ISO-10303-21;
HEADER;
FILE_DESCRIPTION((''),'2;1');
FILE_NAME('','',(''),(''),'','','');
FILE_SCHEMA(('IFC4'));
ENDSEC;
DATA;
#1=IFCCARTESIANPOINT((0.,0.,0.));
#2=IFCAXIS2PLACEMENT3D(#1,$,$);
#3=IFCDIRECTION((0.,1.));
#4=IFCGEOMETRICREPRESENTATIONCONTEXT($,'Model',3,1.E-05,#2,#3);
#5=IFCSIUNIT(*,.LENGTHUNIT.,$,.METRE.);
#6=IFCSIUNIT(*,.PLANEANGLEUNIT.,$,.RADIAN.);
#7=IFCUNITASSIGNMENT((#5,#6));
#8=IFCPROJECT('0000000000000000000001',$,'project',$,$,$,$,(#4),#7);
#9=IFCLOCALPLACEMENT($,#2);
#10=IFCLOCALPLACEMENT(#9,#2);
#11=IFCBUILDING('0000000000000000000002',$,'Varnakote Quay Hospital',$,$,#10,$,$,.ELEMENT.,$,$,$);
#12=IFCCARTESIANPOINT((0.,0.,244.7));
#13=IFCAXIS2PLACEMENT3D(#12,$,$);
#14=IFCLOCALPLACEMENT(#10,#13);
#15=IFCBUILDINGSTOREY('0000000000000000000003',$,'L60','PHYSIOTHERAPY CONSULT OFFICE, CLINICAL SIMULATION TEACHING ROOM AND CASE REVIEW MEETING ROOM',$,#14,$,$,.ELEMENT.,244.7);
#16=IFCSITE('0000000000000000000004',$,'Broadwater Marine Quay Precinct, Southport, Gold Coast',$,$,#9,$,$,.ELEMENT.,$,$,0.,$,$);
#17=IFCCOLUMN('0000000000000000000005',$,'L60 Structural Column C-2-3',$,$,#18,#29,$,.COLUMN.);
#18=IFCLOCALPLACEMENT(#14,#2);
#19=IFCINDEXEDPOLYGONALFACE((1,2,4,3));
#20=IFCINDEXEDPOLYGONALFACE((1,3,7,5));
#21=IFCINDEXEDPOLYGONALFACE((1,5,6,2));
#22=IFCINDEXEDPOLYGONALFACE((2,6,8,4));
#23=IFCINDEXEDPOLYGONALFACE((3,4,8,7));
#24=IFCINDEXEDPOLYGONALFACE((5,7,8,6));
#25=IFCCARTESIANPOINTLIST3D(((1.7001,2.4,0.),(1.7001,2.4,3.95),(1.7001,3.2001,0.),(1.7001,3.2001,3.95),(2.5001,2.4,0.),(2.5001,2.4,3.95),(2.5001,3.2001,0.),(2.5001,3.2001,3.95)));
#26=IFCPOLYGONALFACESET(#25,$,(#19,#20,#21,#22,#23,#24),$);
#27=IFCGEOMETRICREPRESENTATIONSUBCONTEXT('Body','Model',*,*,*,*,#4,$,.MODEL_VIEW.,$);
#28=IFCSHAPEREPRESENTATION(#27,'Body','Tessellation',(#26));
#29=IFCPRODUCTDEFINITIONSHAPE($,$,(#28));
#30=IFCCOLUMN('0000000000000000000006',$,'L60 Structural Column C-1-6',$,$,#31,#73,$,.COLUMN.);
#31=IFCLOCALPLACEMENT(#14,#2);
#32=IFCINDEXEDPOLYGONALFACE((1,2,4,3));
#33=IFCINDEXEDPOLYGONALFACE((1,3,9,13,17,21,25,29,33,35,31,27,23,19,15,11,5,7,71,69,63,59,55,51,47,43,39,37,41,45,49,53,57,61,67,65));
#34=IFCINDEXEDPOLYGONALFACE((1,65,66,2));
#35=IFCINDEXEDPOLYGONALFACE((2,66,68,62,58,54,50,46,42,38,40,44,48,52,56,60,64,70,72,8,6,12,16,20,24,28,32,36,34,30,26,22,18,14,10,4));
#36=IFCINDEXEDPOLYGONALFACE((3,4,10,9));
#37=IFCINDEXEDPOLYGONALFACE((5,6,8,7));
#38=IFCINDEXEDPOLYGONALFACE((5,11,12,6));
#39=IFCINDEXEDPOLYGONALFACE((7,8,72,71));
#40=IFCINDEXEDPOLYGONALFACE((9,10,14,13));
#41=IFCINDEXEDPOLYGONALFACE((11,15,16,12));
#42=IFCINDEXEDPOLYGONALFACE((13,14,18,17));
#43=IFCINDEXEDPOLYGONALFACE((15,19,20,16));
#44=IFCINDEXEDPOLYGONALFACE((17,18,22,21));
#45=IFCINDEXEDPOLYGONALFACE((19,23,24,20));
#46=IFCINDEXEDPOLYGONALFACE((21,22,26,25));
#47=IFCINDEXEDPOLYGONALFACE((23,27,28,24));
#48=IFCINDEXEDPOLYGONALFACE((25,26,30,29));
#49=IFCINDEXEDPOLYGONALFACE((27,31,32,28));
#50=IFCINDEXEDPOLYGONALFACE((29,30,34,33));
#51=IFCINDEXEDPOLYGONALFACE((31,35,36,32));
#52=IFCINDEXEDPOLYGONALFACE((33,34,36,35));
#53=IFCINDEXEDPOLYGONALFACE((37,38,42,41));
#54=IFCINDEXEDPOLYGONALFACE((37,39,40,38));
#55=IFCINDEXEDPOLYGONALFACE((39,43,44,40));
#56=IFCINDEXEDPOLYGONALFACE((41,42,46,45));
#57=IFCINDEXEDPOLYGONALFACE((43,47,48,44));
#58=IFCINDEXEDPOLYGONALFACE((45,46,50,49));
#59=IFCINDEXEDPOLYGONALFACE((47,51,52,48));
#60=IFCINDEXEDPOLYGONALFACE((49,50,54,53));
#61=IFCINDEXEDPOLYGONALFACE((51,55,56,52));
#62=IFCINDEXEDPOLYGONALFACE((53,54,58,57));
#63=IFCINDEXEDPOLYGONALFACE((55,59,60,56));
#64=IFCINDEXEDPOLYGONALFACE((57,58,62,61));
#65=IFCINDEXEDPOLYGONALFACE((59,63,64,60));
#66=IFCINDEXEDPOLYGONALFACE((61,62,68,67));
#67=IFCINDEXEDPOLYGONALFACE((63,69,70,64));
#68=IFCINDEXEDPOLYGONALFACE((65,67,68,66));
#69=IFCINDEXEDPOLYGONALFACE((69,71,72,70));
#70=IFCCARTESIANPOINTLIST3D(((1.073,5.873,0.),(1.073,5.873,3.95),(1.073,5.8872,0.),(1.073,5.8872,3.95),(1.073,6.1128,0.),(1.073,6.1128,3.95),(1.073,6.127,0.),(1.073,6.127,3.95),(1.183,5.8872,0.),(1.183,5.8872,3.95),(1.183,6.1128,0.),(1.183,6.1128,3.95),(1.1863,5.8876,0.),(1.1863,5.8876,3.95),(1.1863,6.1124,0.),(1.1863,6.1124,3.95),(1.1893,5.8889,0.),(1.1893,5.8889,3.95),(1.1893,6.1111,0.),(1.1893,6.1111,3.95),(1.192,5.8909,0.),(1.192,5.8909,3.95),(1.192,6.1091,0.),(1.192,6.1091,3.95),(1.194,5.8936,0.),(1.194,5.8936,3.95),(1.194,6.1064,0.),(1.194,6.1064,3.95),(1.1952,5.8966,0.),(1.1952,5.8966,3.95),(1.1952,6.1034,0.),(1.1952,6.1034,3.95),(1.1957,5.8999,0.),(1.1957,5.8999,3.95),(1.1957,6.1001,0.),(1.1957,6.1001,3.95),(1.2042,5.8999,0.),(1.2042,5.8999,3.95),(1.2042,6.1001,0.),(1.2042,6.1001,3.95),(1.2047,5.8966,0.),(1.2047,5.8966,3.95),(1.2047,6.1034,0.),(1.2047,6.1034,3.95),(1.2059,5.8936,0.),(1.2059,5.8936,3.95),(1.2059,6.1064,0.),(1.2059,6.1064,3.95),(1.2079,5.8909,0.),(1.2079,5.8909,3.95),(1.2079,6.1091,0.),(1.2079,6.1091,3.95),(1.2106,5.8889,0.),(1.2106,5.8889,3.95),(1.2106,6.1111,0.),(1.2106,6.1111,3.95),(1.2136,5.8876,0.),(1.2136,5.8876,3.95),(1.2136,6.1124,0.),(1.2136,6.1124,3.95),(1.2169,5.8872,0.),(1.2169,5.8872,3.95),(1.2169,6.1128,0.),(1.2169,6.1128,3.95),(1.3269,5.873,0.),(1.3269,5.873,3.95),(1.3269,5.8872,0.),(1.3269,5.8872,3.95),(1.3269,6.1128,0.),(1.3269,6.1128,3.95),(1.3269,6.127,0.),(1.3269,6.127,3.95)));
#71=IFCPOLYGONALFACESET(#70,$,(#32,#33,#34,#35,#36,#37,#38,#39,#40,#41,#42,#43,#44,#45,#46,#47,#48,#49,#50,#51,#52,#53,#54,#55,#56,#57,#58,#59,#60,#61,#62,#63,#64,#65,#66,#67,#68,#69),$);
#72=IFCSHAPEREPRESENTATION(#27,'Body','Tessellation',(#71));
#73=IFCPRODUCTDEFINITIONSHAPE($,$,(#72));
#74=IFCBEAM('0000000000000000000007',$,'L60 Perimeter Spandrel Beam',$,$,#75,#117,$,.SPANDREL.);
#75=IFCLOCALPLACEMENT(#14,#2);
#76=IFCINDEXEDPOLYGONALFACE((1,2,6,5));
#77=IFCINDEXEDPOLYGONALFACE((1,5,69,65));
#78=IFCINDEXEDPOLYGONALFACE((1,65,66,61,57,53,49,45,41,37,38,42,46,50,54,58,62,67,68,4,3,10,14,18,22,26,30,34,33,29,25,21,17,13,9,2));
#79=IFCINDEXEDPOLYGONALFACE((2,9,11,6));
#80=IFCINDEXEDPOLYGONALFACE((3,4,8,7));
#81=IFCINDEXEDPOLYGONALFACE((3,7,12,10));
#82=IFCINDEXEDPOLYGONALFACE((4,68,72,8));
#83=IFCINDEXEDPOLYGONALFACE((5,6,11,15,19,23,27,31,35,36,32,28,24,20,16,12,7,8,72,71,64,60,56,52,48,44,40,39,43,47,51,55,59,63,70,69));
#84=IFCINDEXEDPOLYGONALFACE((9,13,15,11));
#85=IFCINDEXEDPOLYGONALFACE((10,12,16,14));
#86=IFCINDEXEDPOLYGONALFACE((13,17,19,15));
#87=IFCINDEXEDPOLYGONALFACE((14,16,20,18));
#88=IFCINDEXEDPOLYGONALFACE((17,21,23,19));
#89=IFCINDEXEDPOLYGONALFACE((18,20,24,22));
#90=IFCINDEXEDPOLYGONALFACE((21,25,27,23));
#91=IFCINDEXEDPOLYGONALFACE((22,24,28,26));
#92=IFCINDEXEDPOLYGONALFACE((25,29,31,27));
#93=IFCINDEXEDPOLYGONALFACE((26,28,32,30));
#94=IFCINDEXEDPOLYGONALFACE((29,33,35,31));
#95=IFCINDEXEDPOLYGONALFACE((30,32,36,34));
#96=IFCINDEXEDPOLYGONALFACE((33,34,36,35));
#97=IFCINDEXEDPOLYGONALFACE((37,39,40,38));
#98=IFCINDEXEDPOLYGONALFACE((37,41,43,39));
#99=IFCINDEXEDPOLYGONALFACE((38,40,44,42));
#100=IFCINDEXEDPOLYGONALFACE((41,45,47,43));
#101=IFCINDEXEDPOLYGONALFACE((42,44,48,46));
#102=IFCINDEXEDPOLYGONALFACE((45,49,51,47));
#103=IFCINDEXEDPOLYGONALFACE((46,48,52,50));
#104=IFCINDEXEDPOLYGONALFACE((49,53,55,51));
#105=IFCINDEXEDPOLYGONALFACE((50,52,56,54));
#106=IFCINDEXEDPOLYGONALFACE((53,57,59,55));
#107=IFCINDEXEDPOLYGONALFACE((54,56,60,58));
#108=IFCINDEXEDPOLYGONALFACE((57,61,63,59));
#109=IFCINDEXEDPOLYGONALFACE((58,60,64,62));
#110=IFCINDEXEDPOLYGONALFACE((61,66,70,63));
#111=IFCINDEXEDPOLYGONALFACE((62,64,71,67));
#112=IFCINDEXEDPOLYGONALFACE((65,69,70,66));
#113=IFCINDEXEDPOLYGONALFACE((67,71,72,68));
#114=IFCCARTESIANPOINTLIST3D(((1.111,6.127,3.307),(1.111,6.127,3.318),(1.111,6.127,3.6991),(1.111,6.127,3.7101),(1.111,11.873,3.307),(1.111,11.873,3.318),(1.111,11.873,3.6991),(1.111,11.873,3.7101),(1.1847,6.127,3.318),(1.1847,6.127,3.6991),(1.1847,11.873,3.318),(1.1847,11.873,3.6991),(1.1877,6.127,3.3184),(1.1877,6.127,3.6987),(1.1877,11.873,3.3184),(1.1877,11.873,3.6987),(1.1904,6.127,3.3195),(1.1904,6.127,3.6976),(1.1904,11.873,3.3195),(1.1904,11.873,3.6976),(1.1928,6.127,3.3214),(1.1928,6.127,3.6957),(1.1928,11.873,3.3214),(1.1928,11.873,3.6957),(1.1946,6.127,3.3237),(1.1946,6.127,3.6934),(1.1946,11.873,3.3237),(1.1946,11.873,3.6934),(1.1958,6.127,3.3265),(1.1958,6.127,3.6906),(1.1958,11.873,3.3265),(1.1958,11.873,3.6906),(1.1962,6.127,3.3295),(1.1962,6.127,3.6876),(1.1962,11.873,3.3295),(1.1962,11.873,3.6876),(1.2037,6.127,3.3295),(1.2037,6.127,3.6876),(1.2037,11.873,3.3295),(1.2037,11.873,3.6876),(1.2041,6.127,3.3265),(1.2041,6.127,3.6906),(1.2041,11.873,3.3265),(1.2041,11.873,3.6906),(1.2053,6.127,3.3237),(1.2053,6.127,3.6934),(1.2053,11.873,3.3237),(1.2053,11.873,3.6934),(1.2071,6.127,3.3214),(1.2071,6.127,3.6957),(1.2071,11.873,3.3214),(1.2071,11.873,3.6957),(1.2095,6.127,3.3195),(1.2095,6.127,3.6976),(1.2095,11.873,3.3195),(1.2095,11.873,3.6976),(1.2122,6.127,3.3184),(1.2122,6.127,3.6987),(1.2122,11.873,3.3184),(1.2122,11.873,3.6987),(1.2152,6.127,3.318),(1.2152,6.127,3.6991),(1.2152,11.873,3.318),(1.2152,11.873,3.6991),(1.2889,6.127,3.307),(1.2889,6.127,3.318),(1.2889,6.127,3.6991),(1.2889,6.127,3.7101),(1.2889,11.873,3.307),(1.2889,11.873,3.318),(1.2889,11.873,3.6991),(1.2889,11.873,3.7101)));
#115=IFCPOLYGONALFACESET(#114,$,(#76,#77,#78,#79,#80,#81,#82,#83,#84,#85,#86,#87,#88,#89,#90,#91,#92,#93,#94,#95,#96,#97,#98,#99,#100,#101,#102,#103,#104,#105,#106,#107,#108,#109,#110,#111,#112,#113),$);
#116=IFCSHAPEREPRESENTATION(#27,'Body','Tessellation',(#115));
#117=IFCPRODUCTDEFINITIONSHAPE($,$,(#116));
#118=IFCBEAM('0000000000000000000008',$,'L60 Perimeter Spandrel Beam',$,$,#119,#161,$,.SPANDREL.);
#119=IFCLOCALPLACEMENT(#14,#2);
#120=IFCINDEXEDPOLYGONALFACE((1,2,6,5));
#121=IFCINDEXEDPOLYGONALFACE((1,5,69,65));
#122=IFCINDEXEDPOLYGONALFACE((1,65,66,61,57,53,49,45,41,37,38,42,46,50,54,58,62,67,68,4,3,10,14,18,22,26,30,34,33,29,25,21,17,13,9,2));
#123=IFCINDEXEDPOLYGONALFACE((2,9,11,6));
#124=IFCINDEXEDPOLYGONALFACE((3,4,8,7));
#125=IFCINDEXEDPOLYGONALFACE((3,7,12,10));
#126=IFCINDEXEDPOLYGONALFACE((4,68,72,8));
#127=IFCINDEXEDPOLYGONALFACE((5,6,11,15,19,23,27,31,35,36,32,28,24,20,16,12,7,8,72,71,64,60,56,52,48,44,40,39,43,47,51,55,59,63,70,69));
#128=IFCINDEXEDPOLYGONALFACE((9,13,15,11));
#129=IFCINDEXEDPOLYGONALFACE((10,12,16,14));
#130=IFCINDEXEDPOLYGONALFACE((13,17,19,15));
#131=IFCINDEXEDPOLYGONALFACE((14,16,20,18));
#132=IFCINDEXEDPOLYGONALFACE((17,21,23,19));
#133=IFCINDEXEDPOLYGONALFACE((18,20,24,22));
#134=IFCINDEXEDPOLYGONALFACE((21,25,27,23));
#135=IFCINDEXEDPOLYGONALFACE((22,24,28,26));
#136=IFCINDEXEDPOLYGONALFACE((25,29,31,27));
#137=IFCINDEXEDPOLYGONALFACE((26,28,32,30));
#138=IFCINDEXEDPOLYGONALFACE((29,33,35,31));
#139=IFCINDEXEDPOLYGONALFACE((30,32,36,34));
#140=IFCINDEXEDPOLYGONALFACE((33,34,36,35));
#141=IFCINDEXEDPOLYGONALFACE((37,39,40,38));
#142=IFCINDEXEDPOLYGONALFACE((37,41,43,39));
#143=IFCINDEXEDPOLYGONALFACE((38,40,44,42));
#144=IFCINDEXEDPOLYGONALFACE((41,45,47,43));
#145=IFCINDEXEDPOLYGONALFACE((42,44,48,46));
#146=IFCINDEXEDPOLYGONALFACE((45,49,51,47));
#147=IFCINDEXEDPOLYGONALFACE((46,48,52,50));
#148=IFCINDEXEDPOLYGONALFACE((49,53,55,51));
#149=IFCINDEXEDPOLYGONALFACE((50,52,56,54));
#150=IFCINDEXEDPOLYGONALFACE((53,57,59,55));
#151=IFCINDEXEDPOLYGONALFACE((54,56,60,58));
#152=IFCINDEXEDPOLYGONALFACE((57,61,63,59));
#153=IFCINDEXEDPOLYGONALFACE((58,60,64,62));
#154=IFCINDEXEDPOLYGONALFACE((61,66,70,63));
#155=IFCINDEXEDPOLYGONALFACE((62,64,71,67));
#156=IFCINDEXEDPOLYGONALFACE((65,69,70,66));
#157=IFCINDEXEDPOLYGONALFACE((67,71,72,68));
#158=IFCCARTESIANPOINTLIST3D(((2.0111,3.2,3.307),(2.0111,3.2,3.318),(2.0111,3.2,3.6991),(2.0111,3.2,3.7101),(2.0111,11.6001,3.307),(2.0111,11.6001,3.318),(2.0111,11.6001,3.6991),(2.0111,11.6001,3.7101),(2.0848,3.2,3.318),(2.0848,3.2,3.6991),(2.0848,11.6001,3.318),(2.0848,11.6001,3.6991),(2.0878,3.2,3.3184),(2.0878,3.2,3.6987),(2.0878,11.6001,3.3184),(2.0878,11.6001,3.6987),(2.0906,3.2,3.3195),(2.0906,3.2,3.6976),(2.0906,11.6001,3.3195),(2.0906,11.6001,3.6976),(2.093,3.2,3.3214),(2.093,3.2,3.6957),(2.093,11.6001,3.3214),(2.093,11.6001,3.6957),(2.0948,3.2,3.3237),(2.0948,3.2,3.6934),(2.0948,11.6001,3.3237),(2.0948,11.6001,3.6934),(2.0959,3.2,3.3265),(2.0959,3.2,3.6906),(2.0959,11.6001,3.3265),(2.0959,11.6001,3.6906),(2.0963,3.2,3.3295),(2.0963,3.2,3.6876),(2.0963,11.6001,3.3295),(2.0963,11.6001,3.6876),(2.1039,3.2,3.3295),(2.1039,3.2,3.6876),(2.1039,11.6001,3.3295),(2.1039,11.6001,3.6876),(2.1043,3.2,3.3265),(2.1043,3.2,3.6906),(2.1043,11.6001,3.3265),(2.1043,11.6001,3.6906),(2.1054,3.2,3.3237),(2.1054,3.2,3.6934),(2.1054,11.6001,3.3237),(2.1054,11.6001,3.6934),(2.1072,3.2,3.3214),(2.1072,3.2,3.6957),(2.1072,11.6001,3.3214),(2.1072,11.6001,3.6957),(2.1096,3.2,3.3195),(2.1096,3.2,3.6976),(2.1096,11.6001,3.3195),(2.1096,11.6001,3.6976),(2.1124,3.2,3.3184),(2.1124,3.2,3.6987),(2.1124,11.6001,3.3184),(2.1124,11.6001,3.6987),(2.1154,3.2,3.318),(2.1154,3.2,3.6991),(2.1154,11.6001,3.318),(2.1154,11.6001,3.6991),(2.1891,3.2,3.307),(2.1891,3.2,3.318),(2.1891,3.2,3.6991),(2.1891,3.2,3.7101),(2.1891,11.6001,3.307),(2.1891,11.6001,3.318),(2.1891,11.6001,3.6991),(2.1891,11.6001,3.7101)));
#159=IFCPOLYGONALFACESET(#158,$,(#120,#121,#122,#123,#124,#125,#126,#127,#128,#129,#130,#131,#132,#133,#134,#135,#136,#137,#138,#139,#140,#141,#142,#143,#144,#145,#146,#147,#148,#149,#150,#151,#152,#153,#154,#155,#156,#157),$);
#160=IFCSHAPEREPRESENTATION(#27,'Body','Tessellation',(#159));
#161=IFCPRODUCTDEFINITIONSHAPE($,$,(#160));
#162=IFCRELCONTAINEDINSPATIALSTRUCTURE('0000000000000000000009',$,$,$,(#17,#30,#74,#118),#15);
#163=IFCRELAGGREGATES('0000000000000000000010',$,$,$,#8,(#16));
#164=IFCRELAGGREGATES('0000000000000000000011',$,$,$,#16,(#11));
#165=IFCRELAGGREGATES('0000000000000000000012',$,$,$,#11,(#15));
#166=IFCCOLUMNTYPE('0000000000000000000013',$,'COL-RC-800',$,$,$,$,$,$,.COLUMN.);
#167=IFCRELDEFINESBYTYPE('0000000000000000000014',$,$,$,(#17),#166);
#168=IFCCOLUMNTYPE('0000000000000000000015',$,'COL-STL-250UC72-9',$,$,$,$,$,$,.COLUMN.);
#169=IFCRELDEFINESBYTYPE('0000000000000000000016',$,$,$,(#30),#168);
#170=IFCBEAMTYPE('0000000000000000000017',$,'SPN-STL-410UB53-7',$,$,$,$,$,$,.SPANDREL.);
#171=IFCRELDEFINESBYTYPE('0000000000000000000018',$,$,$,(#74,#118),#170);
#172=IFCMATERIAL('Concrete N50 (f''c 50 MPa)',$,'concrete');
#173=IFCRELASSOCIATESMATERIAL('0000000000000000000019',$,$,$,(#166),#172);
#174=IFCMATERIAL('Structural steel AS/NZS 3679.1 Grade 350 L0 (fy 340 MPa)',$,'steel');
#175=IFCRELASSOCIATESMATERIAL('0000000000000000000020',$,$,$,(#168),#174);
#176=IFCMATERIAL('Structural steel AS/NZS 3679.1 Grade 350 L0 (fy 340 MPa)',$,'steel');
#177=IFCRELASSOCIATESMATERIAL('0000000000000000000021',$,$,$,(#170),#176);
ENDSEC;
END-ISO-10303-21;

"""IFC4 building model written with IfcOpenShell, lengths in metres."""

from ifc_helpers import new_model, si_unit, direction, frame, origin, origin_2d, place, context, subcontext, project, spatial, rectangle, i_section, extrude, material, material_profile, profile_set, type_object, element, save


model = new_model("IFC4")

# Units and contexts
model_context = context("Model", 3, precision=1e-05, world=origin(), true_north=direction((0.0, 1.0)))
body_context = subcontext(model_context, "Body", "Model", "MODEL_VIEW")
ifc_project = project(units=[si_unit("LENGTHUNIT", "METRE"), si_unit("PLANEANGLEUNIT", "RADIAN")], contexts=[model_context])

# Site, building, storey
site_placement = place(None, origin())
site = spatial("IfcSite", under=ifc_project, at=site_placement, Name="Broadwater Marine Quay Precinct, Southport, Gold Coast", CompositionType="ELEMENT", RefElevation=0.0)
building_placement = place(site_placement, origin())
building = spatial("IfcBuilding", under=site, at=building_placement, Name="Varnakote Quay Hospital", CompositionType="ELEMENT")
storey_placement = place(building_placement, frame((0.0, 0.0, 244.7)))
storey = spatial("IfcBuildingStorey", under=building, at=storey_placement, Name="L60", Description="PHYSIOTHERAPY CONSULT OFFICE, CLINICAL SIMULATION TEACHING ROOM AND CASE REVIEW MEETING ROOM", CompositionType="ELEMENT", Elevation=244.7)

# Columns
ifc_material_1 = material(Name="Concrete N50 (f'c 50 MPa)", Category="concrete")
ifc_material_profile_1 = material_profile(ifc_material_1, rectangle(XDim=0.8, YDim=0.8, at=origin_2d()), Name="RC-COL-800x800")
ifc_profile_set_1 = profile_set([ifc_material_profile_1], Name="Concrete N50 (f'c 50 MPa)")
column_type_1 = type_object("IfcColumnType", Name="COL-RC-800", PredefinedType="COLUMN", material=ifc_profile_set_1)
column_1_placement = place(storey_placement, frame((2.1001, 2.8, 0.0), z_axis=(0.0, 0.0, 1.0), x_axis=(1.0, 0.0, 0.0)))
element("IfcColumn", 1, at=column_1_placement, inside=storey, type_object=column_type_1, Name="L60 Structural Column C-2-3", PredefinedType="COLUMN", context=body_context, shape_type="SweptSolid", body=[
    extrude(rectangle(XDim=0.8, YDim=0.8, at=origin_2d()), origin(), (0.0, 0.0, 1.0), 3.95),
])
ifc_material_2 = material(Name="Structural steel AS/NZS 3679.1 Grade 350 L0 (fy 340 MPa)", Category="steel")
ifc_material_profile_2 = material_profile(ifc_material_2, i_section(OverallWidth=0.2539, OverallDepth=0.2539, WebThickness=0.0085, FlangeThickness=0.0142, FilletRadius=0.0127, at=origin_2d()), Name="250UC72.9")
ifc_profile_set_2 = profile_set([ifc_material_profile_2], Name="Structural steel AS/NZS 3679.1 Grade 350 L0 (fy 340 MPa)")
column_type_2 = type_object("IfcColumnType", Name="COL-STL-250UC72-9", PredefinedType="COLUMN", material=ifc_profile_set_2)
column_2_placement = place(storey_placement, frame((1.2, 6.0, 0.0), z_axis=(0.0, 0.0, 1.0), x_axis=(1.0, 0.0, 0.0)))
element("IfcColumn", 2, at=column_2_placement, inside=storey, type_object=column_type_2, Name="L60 Structural Column C-1-6", PredefinedType="COLUMN", context=body_context, shape_type="SweptSolid", body=[
    extrude(i_section(OverallWidth=0.2539, OverallDepth=0.2539, WebThickness=0.0085, FlangeThickness=0.0142, FilletRadius=0.0127, at=origin_2d()), origin(), (0.0, 0.0, 1.0), 3.95),
])

# Beams
ifc_material_3 = material(Name="Structural steel AS/NZS 3679.1 Grade 350 L0 (fy 340 MPa)", Category="steel")
ifc_material_profile_3 = material_profile(ifc_material_3, i_section(OverallWidth=0.178, OverallDepth=0.4031, WebThickness=0.0076, FlangeThickness=0.011, FilletRadius=0.0115, at=origin_2d()), Name="410UB53.7")
ifc_profile_set_3 = profile_set([ifc_material_profile_3], Name="Structural steel AS/NZS 3679.1 Grade 350 L0 (fy 340 MPa)")
beam_type_1 = type_object("IfcBeamType", Name="SPN-STL-410UB53-7", PredefinedType="SPANDREL", material=ifc_profile_set_3)
beam_1_placement = place(storey_placement, frame((1.2, 6.127, 3.5085), z_axis=(0.0, 1.0, 0.0), x_axis=(-1.0, 0.0, 0.0)))
element("IfcBeam", 3, at=beam_1_placement, inside=storey, type_object=beam_type_1, Name="L60 Perimeter Spandrel Beam", PredefinedType="SPANDREL", context=body_context, shape_type="SweptSolid", body=[
    extrude(i_section(OverallWidth=0.178, OverallDepth=0.4031, WebThickness=0.0076, FlangeThickness=0.011, FilletRadius=0.0115, at=origin_2d()), origin(), (0.0, 0.0, 1.0), 5.7461),
])
beam_2_placement = place(storey_placement, frame((2.1001, 3.2, 3.5085), z_axis=(0.0, 1.0, 0.0), x_axis=(-1.0, 0.0, 0.0)))
element("IfcBeam", 4, at=beam_2_placement, inside=storey, type_object=beam_type_1, Name="L60 Perimeter Spandrel Beam", PredefinedType="SPANDREL", context=body_context, shape_type="SweptSolid", body=[
    extrude(i_section(OverallWidth=0.178, OverallDepth=0.4031, WebThickness=0.0076, FlangeThickness=0.011, FilletRadius=0.0115, at=origin_2d()), origin(), (0.0, 0.0, 1.0), 8.4001),
])

save(model, "model.ifc")
